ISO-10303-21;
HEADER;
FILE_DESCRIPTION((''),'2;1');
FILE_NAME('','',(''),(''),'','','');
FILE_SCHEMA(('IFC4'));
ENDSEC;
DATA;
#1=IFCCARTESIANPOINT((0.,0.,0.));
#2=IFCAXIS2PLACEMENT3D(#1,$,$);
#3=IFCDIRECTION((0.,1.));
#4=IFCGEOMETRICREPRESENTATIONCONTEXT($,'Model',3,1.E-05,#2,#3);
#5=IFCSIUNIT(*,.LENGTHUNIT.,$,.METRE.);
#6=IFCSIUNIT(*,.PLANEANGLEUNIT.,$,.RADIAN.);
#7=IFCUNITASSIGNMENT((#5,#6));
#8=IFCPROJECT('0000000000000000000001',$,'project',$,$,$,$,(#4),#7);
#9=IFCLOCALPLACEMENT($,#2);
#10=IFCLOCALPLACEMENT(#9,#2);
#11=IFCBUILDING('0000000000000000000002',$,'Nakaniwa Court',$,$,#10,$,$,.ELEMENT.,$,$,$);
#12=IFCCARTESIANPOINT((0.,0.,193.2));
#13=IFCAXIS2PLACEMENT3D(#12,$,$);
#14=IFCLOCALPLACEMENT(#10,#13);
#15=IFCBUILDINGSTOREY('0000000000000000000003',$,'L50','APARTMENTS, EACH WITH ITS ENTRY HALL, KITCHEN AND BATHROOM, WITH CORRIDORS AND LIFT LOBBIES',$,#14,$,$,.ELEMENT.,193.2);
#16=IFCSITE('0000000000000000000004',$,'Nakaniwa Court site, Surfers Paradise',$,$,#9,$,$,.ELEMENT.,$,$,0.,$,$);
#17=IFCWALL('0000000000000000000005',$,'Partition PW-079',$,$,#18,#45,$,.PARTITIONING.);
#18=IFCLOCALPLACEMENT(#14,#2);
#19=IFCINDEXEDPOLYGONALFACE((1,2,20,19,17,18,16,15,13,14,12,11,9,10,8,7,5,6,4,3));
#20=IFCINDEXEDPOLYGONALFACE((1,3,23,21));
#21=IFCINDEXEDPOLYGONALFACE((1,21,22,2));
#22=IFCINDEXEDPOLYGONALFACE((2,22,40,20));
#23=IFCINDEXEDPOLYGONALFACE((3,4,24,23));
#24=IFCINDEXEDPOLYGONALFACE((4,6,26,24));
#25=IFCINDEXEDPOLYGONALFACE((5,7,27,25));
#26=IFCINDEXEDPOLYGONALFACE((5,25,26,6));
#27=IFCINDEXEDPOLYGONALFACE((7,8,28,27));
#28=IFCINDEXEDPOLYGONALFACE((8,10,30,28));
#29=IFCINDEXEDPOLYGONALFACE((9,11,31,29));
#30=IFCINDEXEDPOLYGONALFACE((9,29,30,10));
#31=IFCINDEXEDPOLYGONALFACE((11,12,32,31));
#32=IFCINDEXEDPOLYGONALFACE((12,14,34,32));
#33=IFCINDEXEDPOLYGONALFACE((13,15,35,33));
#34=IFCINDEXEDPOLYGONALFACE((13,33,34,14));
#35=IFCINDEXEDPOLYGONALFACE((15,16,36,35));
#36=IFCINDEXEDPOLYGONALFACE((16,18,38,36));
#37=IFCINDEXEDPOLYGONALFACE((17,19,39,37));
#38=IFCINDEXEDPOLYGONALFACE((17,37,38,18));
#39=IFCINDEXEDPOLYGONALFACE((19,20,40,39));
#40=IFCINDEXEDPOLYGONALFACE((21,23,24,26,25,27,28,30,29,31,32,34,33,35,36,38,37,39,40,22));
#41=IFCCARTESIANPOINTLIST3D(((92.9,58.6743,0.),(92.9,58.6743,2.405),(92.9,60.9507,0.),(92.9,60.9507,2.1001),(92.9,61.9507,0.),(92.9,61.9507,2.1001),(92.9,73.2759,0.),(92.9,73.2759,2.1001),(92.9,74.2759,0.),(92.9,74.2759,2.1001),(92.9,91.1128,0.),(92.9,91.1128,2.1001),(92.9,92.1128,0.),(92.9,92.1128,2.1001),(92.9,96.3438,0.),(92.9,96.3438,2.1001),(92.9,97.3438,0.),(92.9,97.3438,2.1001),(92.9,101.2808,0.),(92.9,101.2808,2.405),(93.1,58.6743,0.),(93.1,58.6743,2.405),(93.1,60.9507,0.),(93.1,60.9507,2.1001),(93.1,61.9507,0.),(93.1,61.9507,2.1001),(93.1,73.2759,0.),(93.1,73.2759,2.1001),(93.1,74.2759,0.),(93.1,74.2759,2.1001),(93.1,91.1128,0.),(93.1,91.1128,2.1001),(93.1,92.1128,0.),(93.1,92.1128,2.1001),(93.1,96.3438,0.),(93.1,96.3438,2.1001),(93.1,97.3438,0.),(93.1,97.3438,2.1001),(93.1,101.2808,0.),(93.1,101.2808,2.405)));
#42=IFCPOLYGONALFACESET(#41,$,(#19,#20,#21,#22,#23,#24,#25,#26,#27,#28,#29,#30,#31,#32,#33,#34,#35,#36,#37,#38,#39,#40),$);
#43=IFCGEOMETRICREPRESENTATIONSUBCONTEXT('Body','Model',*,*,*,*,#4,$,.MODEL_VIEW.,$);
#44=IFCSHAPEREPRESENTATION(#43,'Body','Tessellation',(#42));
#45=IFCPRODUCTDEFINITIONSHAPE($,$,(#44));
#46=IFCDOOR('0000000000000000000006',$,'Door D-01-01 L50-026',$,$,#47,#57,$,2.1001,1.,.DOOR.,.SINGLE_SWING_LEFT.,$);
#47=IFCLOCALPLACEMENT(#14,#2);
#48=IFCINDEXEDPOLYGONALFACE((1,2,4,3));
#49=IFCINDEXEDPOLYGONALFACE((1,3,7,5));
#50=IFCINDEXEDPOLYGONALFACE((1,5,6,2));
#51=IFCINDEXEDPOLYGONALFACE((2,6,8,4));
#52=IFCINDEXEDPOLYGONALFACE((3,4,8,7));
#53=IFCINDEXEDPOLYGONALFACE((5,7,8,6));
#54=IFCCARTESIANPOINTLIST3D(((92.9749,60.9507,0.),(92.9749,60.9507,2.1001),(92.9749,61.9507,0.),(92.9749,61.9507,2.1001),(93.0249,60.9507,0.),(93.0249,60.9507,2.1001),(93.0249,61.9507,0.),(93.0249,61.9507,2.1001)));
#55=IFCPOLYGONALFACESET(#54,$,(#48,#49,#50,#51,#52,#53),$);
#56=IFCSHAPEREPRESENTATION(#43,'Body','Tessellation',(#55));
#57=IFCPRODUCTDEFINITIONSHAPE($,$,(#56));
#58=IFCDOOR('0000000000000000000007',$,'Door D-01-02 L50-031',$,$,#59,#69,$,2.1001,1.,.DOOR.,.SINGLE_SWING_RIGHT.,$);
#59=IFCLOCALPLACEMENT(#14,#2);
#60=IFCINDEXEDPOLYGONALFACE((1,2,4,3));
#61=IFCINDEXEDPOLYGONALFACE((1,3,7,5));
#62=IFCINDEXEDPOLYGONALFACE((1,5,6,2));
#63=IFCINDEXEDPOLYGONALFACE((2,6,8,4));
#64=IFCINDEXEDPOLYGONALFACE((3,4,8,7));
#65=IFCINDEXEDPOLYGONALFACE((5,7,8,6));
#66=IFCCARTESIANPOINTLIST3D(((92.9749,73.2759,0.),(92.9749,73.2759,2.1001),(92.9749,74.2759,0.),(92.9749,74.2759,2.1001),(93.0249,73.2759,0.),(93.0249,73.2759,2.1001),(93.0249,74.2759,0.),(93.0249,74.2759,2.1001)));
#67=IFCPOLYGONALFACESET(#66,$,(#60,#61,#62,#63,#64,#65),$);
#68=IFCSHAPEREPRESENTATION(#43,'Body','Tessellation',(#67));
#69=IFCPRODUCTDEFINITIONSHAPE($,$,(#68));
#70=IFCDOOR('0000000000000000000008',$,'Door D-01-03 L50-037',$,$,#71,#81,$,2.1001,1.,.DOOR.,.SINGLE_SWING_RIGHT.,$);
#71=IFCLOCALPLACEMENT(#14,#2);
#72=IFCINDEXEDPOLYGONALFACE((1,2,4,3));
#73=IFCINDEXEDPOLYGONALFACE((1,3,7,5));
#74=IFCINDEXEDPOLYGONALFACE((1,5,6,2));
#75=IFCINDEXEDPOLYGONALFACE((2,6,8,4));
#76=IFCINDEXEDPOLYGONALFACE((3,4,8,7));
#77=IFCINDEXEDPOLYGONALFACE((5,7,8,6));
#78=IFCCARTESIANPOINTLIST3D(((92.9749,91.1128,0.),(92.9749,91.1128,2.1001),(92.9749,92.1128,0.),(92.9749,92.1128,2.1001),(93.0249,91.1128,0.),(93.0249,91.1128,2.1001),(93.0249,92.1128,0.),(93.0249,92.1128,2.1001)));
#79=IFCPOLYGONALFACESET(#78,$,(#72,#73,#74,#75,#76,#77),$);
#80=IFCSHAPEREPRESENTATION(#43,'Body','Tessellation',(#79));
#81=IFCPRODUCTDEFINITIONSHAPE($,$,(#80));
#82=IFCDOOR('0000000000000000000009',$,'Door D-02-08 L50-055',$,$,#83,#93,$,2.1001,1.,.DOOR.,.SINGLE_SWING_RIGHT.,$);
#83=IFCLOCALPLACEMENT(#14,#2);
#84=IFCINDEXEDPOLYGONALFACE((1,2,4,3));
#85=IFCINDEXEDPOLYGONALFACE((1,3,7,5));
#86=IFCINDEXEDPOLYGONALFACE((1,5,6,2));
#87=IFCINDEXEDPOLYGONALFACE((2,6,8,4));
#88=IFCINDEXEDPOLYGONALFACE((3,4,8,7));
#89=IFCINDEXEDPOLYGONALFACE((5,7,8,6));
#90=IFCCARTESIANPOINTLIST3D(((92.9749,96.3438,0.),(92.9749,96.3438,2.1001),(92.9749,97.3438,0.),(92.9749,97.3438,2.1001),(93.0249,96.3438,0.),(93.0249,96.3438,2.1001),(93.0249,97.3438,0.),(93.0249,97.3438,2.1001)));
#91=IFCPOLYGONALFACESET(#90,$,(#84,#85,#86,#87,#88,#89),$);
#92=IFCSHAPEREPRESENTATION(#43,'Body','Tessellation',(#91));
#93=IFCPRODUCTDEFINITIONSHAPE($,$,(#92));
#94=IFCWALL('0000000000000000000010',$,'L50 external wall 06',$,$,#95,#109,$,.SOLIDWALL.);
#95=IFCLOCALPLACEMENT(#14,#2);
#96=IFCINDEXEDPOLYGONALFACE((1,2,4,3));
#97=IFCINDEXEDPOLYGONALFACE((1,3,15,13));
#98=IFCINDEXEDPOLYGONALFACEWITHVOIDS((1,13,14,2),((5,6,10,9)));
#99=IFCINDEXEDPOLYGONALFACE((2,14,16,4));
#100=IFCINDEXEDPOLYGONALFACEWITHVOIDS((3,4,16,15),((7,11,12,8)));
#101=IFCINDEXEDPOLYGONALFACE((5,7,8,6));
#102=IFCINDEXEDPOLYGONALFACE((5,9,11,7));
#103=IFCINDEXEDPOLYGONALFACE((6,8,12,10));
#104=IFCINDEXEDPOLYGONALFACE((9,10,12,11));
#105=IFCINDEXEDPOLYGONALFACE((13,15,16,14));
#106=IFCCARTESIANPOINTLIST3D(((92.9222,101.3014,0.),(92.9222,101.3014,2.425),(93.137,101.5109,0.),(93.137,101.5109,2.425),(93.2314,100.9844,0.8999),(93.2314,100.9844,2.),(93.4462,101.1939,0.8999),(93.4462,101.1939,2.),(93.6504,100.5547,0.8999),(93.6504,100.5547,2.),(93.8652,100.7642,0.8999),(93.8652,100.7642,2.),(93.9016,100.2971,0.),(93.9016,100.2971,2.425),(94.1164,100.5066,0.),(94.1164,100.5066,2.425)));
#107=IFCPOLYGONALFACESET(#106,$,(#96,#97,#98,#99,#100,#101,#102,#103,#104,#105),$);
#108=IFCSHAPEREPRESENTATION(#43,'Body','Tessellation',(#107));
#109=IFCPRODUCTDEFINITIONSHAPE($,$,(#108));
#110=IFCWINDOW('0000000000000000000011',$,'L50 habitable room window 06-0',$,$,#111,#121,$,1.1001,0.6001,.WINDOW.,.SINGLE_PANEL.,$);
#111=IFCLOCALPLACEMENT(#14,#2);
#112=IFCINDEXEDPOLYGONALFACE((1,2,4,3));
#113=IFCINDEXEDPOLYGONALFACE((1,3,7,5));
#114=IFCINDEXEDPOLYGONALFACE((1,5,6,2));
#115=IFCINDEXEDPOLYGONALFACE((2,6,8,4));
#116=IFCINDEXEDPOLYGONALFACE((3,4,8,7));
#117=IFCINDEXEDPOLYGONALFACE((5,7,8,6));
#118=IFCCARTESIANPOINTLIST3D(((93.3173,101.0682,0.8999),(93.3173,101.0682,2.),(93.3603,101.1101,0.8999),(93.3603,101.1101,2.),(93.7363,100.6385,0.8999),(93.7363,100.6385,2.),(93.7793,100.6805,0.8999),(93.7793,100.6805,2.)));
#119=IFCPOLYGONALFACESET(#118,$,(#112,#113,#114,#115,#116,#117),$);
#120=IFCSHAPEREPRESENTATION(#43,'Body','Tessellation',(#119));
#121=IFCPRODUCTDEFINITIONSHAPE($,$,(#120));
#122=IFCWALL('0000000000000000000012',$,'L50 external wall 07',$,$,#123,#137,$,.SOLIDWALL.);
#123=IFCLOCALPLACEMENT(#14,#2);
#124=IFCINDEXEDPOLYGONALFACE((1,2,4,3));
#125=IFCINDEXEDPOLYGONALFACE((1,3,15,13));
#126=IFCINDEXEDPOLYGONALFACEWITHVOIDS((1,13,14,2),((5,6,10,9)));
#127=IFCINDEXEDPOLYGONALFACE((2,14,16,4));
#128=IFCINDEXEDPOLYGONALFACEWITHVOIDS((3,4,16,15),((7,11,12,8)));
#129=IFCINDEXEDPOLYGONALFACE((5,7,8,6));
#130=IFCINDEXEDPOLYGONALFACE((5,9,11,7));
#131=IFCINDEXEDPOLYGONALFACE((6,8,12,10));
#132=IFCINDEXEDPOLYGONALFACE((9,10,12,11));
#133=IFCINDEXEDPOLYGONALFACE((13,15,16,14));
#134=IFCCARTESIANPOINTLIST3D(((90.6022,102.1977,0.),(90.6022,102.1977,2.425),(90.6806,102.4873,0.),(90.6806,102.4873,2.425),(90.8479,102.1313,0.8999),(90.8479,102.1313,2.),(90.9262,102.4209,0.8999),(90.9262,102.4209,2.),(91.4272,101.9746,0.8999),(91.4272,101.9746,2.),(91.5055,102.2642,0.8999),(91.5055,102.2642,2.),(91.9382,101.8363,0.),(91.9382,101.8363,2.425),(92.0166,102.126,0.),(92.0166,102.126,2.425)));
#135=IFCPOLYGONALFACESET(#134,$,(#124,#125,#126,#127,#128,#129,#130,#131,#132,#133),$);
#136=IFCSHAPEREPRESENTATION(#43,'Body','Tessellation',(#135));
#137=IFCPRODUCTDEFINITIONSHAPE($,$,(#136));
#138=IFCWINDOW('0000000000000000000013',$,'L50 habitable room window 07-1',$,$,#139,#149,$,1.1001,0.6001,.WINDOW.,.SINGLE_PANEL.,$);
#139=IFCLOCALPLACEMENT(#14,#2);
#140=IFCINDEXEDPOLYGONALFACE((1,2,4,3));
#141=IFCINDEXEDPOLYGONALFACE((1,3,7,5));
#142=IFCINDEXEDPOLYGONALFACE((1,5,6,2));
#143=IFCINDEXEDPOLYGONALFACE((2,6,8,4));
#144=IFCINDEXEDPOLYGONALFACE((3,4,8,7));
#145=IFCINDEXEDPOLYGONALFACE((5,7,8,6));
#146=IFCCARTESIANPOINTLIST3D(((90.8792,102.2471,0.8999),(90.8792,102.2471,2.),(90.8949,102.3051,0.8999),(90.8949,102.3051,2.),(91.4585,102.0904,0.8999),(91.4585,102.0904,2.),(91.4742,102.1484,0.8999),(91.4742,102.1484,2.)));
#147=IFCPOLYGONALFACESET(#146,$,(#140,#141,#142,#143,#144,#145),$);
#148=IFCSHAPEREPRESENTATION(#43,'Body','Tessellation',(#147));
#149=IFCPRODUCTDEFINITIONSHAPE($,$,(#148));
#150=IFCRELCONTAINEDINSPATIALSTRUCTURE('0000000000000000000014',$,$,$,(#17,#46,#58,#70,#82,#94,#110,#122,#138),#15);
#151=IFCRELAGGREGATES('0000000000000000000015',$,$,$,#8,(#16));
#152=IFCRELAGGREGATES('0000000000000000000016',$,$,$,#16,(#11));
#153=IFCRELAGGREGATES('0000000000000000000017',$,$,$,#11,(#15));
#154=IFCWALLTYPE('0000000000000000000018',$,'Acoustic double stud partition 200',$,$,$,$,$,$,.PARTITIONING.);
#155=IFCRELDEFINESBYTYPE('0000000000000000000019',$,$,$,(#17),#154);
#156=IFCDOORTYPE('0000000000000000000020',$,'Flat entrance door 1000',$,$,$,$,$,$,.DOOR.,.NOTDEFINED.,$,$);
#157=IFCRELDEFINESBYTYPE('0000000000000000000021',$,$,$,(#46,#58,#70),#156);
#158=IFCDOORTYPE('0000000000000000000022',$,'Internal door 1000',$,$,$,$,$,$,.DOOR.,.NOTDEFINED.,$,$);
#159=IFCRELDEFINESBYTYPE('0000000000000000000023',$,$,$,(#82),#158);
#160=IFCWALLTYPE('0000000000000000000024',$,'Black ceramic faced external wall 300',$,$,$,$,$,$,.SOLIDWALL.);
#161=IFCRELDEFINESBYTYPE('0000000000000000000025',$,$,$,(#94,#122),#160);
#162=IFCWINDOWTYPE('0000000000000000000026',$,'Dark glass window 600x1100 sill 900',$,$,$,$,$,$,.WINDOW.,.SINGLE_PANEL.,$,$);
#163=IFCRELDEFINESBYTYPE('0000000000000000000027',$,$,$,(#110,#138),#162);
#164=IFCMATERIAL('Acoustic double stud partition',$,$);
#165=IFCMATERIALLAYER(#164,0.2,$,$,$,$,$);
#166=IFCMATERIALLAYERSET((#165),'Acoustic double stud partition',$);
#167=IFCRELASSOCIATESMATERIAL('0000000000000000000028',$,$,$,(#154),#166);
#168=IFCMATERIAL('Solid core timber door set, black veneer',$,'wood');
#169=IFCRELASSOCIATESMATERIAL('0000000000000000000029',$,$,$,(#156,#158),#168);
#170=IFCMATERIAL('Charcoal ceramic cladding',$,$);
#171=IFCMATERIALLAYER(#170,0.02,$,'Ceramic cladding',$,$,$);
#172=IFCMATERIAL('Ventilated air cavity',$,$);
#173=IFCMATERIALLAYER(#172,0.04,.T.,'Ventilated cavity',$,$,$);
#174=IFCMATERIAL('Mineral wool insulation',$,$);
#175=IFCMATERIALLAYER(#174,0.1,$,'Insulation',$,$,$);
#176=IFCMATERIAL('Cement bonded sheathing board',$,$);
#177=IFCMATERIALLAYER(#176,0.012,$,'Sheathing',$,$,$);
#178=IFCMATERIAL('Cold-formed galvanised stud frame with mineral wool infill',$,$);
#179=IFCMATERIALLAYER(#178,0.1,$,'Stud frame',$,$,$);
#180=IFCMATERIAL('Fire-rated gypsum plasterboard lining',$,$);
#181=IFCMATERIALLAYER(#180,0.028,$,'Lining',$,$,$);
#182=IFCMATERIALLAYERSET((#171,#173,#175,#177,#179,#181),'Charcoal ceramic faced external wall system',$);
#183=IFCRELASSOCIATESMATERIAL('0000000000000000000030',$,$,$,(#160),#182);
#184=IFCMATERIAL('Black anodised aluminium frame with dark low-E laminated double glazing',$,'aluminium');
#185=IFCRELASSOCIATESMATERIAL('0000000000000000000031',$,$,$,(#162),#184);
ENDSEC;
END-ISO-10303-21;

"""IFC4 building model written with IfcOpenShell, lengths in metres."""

from ifc_helpers import new_model, si_unit, direction, frame, frame_2d, origin, place, context, subcontext, project, spatial, rectangle, extrude, material, layer, layer_set, type_object, element, fill, save


model = new_model("IFC4")

# Units and contexts
model_context = context("Model", 3, precision=1e-05, world=origin(), true_north=direction((0.0, 1.0)))
body_context = subcontext(model_context, "Body", "Model", "MODEL_VIEW")
ifc_project = project(units=[si_unit("LENGTHUNIT", "METRE"), si_unit("PLANEANGLEUNIT", "RADIAN")], contexts=[model_context])

# Site, building, storey
site_placement = place(None, origin())
site = spatial("IfcSite", under=ifc_project, at=site_placement, Name="Nakaniwa Court site, Surfers Paradise", CompositionType="ELEMENT", RefElevation=0.0)
building_placement = place(site_placement, origin())
building = spatial("IfcBuilding", under=site, at=building_placement, Name="Nakaniwa Court", CompositionType="ELEMENT")
storey_placement = place(building_placement, frame((0.0, 0.0, 193.2)))
storey = spatial("IfcBuildingStorey", under=building, at=storey_placement, Name="L50", Description="APARTMENTS, EACH WITH ITS ENTRY HALL, KITCHEN AND BATHROOM, WITH CORRIDORS AND LIFT LOBBIES", CompositionType="ELEMENT", Elevation=193.2)

# Wall, openings, doors
ifc_material_1 = material(Name="Acoustic double stud partition")
ifc_layer_1 = layer(ifc_material_1, 0.2)
ifc_layer_set_1 = layer_set([ifc_layer_1], Name="Acoustic double stud partition")
wall_type_1 = type_object("IfcWallType", Name="Acoustic double stud partition 200", PredefinedType="PARTITIONING", material=ifc_layer_set_1)
wall_1_placement = place(storey_placement, frame((93.0, 101.2808, 0.0), z_axis=(0.0, 0.0, 1.0), x_axis=(0.0, -1.0, 0.0)))
wall_1 = element("IfcWall", 1, at=wall_1_placement, inside=storey, type_object=wall_type_1, Name="Partition PW-079", PredefinedType="PARTITIONING", context=body_context, shape_type="SweptSolid", body=[
    extrude(rectangle(XDim=42.6064, YDim=0.2, at=frame_2d((21.3032, 0.0))), origin(), (0.0, 0.0, 1.0), 2.405),
])
opening_1_placement = place(wall_1_placement, frame((39.3301, 0.0, 0.0)))
opening_1 = element("IfcOpeningElement", 2, at=opening_1_placement, cuts=wall_1, PredefinedType="OPENING", context=body_context, shape_type="SweptSolid", body=[
    extrude(rectangle(XDim=1.0, YDim=2.1001, at=frame_2d((0.5, 1.05))), frame((0.0, 0.1099, 0.0), z_axis=(0.0, -1.0, 0.0), x_axis=(1.0, 0.0, 0.0)), (0.0, 0.0, 1.0), 0.22),
])
opening_2_placement = place(wall_1_placement, frame((27.0049, 0.0, 0.0)))
opening_2 = element("IfcOpeningElement", 3, at=opening_2_placement, cuts=wall_1, PredefinedType="OPENING", context=body_context, shape_type="SweptSolid", body=[
    extrude(rectangle(XDim=1.0, YDim=2.1001, at=frame_2d((0.5, 1.05))), frame((0.0, 0.1099, 0.0), z_axis=(0.0, -1.0, 0.0), x_axis=(1.0, 0.0, 0.0)), (0.0, 0.0, 1.0), 0.22),
])
opening_3_placement = place(wall_1_placement, frame((9.168, 0.0, 0.0)))
opening_3 = element("IfcOpeningElement", 4, at=opening_3_placement, cuts=wall_1, PredefinedType="OPENING", context=body_context, shape_type="SweptSolid", body=[
    extrude(rectangle(XDim=1.0, YDim=2.1001, at=frame_2d((0.5, 1.05))), frame((0.0, 0.1099, 0.0), z_axis=(0.0, -1.0, 0.0), x_axis=(1.0, 0.0, 0.0)), (0.0, 0.0, 1.0), 0.22),
])
opening_4_placement = place(wall_1_placement, frame((3.937, 0.0, 0.0)))
opening_4 = element("IfcOpeningElement", 5, at=opening_4_placement, cuts=wall_1, PredefinedType="OPENING", context=body_context, shape_type="SweptSolid", body=[
    extrude(rectangle(XDim=1.0, YDim=2.1001, at=frame_2d((0.5, 1.05))), frame((0.0, 0.1099, 0.0), z_axis=(0.0, -1.0, 0.0), x_axis=(1.0, 0.0, 0.0)), (0.0, 0.0, 1.0), 0.22),
])
ifc_material_2 = material(Name="Solid core timber door set, black veneer", Category="wood")
door_type_1 = type_object("IfcDoorType", Name="Flat entrance door 1000", OperationType="NOTDEFINED", PredefinedType="DOOR", material=ifc_material_2)
door_1_placement = place(opening_1_placement, origin())
door_1 = element("IfcDoor", 6, at=door_1_placement, inside=storey, type_object=door_type_1, Name="Door D-01-01 L50-026", OperationType="SINGLE_SWING_LEFT", OverallHeight=2.1001, OverallWidth=1.0, PredefinedType="DOOR", context=body_context, shape_type="SweptSolid", body=[
    extrude(rectangle(XDim=1.0, YDim=2.1001, at=frame_2d((0.5, 1.05))), frame((0.0, 0.0249, 0.0), z_axis=(0.0, -1.0, 0.0), x_axis=(1.0, 0.0, 0.0)), (0.0, 0.0, 1.0), 0.05),
])
fill(opening_1, door_1)
door_2_placement = place(opening_2_placement, origin())
door_2 = element("IfcDoor", 7, at=door_2_placement, inside=storey, type_object=door_type_1, Name="Door D-01-02 L50-031", OperationType="SINGLE_SWING_RIGHT", OverallHeight=2.1001, OverallWidth=1.0, PredefinedType="DOOR", context=body_context, shape_type="SweptSolid", body=[
    extrude(rectangle(XDim=1.0, YDim=2.1001, at=frame_2d((0.5, 1.05))), frame((0.0, 0.0249, 0.0), z_axis=(0.0, -1.0, 0.0), x_axis=(1.0, 0.0, 0.0)), (0.0, 0.0, 1.0), 0.05),
])
fill(opening_2, door_2)
door_3_placement = place(opening_3_placement, origin())
door_3 = element("IfcDoor", 8, at=door_3_placement, inside=storey, type_object=door_type_1, Name="Door D-01-03 L50-037", OperationType="SINGLE_SWING_RIGHT", OverallHeight=2.1001, OverallWidth=1.0, PredefinedType="DOOR", context=body_context, shape_type="SweptSolid", body=[
    extrude(rectangle(XDim=1.0, YDim=2.1001, at=frame_2d((0.5, 1.05))), frame((0.0, 0.0249, 0.0), z_axis=(0.0, -1.0, 0.0), x_axis=(1.0, 0.0, 0.0)), (0.0, 0.0, 1.0), 0.05),
])
fill(opening_3, door_3)
door_type_2 = type_object("IfcDoorType", Name="Internal door 1000", OperationType="NOTDEFINED", PredefinedType="DOOR", material=ifc_material_2)
door_4_placement = place(opening_4_placement, origin())
door_4 = element("IfcDoor", 9, at=door_4_placement, inside=storey, type_object=door_type_2, Name="Door D-02-08 L50-055", OperationType="SINGLE_SWING_RIGHT", OverallHeight=2.1001, OverallWidth=1.0, PredefinedType="DOOR", context=body_context, shape_type="SweptSolid", body=[
    extrude(rectangle(XDim=1.0, YDim=2.1001, at=frame_2d((0.5, 1.05))), frame((0.0, 0.0249, 0.0), z_axis=(0.0, -1.0, 0.0), x_axis=(1.0, 0.0, 0.0)), (0.0, 0.0, 1.0), 0.05),
])
fill(opening_4, door_4)

# Walls, openings, windows
ifc_material_3 = material(Name="Charcoal ceramic cladding")
ifc_layer_2 = layer(ifc_material_3, 0.02, Name="Ceramic cladding")
ifc_material_4 = material(Name="Ventilated air cavity")
ifc_layer_3 = layer(ifc_material_4, 0.04, ventilated=True, Name="Ventilated cavity")
ifc_material_5 = material(Name="Mineral wool insulation")
ifc_layer_4 = layer(ifc_material_5, 0.1, Name="Insulation")
ifc_material_6 = material(Name="Cement bonded sheathing board")
ifc_layer_5 = layer(ifc_material_6, 0.012, Name="Sheathing")
ifc_material_7 = material(Name="Cold-formed galvanised stud frame with mineral wool infill")
ifc_layer_6 = layer(ifc_material_7, 0.1, Name="Stud frame")
ifc_material_8 = material(Name="Fire-rated gypsum plasterboard lining")
ifc_layer_7 = layer(ifc_material_8, 0.028, Name="Lining")
ifc_layer_set_2 = layer_set([ifc_layer_2, ifc_layer_3, ifc_layer_4, ifc_layer_5, ifc_layer_6, ifc_layer_7], Name="Charcoal ceramic faced external wall system")
wall_type_2 = type_object("IfcWallType", Name="Black ceramic faced external wall 300", PredefinedType="SOLIDWALL", material=ifc_layer_set_2)
wall_2_placement = place(storey_placement, frame((94.009, 100.4019, 0.0), z_axis=(0.0, 0.0, 1.0), x_axis=(-0.698176, 0.715926, 0.0)))
wall_2 = element("IfcWall", 10, at=wall_2_placement, inside=storey, type_object=wall_type_2, Name="L50 external wall 06", PredefinedType="SOLIDWALL", context=body_context, shape_type="SweptSolid", body=[
    extrude(rectangle(XDim=1.4028, YDim=0.3, at=frame_2d((0.7014, 0.0))), origin(), (0.0, 0.0, 1.0), 2.425),
])
opening_5_placement = place(wall_2_placement, frame((0.3599, 0.0, 0.8999)))
opening_5 = element("IfcOpeningElement", 11, at=opening_5_placement, cuts=wall_2, PredefinedType="OPENING", context=body_context, shape_type="SweptSolid", body=[
    extrude(rectangle(XDim=0.6001, YDim=1.1001, at=frame_2d((0.3, 0.55))), frame((0.0, 0.1599, 0.0), z_axis=(0.0, -1.0, 0.0), x_axis=(1.0, 0.0, 0.0)), (0.0, 0.0, 1.0), 0.3201),
])
ifc_material_9 = material(Name="Black anodised aluminium frame with dark low-E laminated double glazing", Category="aluminium")
window_type_1 = type_object("IfcWindowType", Name="Dark glass window 600x1100 sill 900", PartitioningType="SINGLE_PANEL", PredefinedType="WINDOW", material=ifc_material_9)
window_1_placement = place(opening_5_placement, origin())
window_1 = element("IfcWindow", 12, at=window_1_placement, inside=storey, type_object=window_type_1, Name="L50 habitable room window 06-0", OverallHeight=1.1001, OverallWidth=0.6001, PartitioningType="SINGLE_PANEL", PredefinedType="WINDOW", context=body_context, shape_type="SweptSolid", body=[
    extrude(rectangle(XDim=0.6001, YDim=1.1001, at=frame_2d((0.3, 0.55))), frame((0.0, 0.03, 0.0), z_axis=(0.0, -1.0, 0.0), x_axis=(1.0, 0.0, 0.0)), (0.0, 0.0, 1.0), 0.0601),
])
fill(opening_5, window_1)
wall_3_placement = place(storey_placement, frame((91.9773, 101.9812, 0.0), z_axis=(0.0, 0.0, 1.0), x_axis=(-0.965315, 0.261087, 0.0)))
wall_3 = element("IfcWall", 13, at=wall_3_placement, inside=storey, type_object=wall_type_2, Name="L50 external wall 07", PredefinedType="SOLIDWALL", context=body_context, shape_type="SweptSolid", body=[
    extrude(rectangle(XDim=1.384, YDim=0.3, at=frame_2d((0.6919, 0.0))), origin(), (0.0, 0.0, 1.0), 2.425),
])
opening_6_placement = place(wall_3_placement, frame((0.5293, 0.0, 0.8999)))
opening_6 = element("IfcOpeningElement", 14, at=opening_6_placement, cuts=wall_3, PredefinedType="OPENING", context=body_context, shape_type="SweptSolid", body=[
    extrude(rectangle(XDim=0.6001, YDim=1.1001, at=frame_2d((0.3, 0.55))), frame((0.0, 0.1599, 0.0), z_axis=(0.0, -1.0, 0.0), x_axis=(1.0, 0.0, 0.0)), (0.0, 0.0, 1.0), 0.3201),
])
window_2_placement = place(opening_6_placement, origin())
window_2 = element("IfcWindow", 15, at=window_2_placement, inside=storey, type_object=window_type_1, Name="L50 habitable room window 07-1", OverallHeight=1.1001, OverallWidth=0.6001, PartitioningType="SINGLE_PANEL", PredefinedType="WINDOW", context=body_context, shape_type="SweptSolid", body=[
    extrude(rectangle(XDim=0.6001, YDim=1.1001, at=frame_2d((0.3, 0.55))), frame((0.0, 0.03, 0.0), z_axis=(0.0, -1.0, 0.0), x_axis=(1.0, 0.0, 0.0)), (0.0, 0.0, 1.0), 0.0601),
])
fill(opening_6, window_2)

save(model, "model.ifc")
